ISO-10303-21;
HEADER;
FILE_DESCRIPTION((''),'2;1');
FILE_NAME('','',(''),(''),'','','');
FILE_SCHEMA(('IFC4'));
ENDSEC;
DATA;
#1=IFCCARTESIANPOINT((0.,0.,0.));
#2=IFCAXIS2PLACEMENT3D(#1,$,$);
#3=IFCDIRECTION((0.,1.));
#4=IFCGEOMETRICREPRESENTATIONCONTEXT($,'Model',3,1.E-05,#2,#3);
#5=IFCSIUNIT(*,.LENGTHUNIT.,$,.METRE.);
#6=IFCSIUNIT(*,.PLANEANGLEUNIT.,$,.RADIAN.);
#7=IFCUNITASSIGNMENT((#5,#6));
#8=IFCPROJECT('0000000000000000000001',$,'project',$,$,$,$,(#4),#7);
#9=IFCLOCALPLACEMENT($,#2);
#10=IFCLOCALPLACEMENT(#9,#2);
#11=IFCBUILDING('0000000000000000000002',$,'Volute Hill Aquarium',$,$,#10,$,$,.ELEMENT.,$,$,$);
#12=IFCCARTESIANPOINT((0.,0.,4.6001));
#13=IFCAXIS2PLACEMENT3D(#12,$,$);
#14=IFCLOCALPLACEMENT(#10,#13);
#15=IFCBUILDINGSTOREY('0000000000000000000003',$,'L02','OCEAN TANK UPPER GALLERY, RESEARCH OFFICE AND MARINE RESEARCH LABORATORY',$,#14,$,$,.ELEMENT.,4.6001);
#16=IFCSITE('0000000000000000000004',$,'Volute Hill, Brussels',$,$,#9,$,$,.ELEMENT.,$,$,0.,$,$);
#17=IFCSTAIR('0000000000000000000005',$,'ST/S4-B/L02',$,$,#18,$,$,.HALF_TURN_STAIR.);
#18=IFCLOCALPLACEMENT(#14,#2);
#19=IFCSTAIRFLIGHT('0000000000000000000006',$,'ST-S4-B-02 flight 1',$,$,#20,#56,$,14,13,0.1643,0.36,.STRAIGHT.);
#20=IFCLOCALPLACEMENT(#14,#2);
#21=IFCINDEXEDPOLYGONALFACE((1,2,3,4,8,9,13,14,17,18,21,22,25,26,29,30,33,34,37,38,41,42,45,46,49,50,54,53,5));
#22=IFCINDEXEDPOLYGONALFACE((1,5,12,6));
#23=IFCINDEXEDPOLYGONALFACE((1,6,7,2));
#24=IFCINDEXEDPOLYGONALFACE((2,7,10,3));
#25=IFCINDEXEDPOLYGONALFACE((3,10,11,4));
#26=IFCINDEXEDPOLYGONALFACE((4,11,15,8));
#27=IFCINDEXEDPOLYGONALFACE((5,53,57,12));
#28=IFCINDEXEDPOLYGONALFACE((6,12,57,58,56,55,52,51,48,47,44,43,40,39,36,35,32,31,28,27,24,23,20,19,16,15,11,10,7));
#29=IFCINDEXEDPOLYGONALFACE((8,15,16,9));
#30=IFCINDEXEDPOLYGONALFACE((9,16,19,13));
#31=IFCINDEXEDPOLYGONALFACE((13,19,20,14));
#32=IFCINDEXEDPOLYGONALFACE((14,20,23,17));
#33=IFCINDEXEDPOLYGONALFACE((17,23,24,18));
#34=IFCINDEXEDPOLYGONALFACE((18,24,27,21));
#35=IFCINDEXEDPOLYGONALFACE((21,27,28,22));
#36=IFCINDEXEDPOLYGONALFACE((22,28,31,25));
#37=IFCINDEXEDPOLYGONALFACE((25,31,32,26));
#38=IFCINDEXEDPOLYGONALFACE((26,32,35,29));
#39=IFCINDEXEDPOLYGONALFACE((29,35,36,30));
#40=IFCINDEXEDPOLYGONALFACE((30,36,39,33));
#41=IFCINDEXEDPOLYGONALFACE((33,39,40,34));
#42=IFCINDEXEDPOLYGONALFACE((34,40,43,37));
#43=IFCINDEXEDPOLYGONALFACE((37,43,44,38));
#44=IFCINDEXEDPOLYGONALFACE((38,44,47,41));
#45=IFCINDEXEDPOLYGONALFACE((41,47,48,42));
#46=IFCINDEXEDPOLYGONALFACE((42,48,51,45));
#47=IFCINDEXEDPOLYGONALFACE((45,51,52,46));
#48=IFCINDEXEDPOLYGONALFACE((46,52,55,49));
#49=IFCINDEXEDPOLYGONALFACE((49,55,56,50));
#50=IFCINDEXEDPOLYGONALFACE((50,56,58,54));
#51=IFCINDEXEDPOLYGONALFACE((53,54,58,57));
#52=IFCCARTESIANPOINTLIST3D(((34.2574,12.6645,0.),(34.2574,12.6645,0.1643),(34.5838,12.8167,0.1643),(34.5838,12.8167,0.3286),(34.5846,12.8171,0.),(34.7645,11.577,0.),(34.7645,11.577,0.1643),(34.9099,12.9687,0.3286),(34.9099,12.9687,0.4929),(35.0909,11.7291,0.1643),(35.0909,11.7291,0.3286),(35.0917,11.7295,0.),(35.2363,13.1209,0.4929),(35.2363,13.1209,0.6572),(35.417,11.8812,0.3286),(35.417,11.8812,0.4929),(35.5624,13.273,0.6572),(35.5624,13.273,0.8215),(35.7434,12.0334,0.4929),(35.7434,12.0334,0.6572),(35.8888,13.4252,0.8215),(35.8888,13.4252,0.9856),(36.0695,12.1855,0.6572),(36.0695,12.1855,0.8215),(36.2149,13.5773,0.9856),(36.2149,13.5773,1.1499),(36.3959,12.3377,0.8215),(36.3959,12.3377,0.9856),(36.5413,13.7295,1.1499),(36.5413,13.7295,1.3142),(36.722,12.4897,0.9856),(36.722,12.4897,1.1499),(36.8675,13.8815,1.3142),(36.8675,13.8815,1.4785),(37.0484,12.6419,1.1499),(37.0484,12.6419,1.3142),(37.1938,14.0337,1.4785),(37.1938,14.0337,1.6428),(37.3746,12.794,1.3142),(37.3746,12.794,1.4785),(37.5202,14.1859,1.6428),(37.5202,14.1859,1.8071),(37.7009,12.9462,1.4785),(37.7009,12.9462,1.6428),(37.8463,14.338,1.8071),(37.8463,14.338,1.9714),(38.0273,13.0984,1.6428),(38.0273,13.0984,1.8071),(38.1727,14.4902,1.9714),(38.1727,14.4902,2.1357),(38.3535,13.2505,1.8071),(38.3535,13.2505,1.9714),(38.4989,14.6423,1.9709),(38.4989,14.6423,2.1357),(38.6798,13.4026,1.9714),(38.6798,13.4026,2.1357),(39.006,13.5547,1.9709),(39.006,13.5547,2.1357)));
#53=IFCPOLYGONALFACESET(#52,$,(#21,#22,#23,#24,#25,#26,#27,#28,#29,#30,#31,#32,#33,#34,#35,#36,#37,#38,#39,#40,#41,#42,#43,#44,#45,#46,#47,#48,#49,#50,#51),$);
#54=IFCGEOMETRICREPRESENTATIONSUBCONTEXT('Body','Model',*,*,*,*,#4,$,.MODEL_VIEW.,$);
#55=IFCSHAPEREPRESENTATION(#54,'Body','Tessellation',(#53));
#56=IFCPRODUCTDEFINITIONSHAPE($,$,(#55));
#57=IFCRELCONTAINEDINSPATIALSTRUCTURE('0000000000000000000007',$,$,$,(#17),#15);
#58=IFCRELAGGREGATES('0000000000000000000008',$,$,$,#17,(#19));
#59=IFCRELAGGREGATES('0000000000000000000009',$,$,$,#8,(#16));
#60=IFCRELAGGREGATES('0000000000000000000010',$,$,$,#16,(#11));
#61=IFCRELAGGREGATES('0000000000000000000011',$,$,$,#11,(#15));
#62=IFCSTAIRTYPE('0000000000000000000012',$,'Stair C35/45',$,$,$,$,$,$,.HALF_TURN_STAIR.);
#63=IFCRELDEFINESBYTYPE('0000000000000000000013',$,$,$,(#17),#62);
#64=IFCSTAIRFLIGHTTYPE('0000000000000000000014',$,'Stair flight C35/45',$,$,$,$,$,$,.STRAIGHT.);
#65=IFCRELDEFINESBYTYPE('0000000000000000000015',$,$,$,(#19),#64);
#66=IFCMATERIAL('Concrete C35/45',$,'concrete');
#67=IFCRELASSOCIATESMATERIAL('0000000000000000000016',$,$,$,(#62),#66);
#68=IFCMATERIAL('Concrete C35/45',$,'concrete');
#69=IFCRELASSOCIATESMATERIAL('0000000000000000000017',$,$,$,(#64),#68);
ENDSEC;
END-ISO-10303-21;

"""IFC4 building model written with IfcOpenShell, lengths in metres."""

from ifc_helpers import new_model, si_unit, direction, frame, origin, place, context, subcontext, project, spatial, polyline, outline, extrude, material, type_object, element, aggregate, save


model = new_model("IFC4")

# Units and contexts
model_context = context("Model", 3, precision=1e-05, world=origin(), true_north=direction((0.0, 1.0)))
body_context = subcontext(model_context, "Body", "Model", "MODEL_VIEW")
ifc_project = project(units=[si_unit("LENGTHUNIT", "METRE"), si_unit("PLANEANGLEUNIT", "RADIAN")], contexts=[model_context])

# Site, building, storey
site_placement = place(None, origin())
site = spatial("IfcSite", under=ifc_project, at=site_placement, Name="Volute Hill, Brussels", CompositionType="ELEMENT", RefElevation=0.0)
building_placement = place(site_placement, origin())
building = spatial("IfcBuilding", under=site, at=building_placement, Name="Volute Hill Aquarium", CompositionType="ELEMENT")
storey_placement = place(building_placement, frame((0.0, 0.0, 4.6001)))
storey = spatial("IfcBuildingStorey", under=building, at=storey_placement, Name="L02", Description="OCEAN TANK UPPER GALLERY, RESEARCH OFFICE AND MARINE RESEARCH LABORATORY", CompositionType="ELEMENT", Elevation=4.6001)

# Stair, stair flight
ifc_material_1 = material(Name="Concrete C35/45", Category="concrete")
stair_type = type_object("IfcStairType", Name="Stair C35/45", PredefinedType="HALF_TURN_STAIR", material=ifc_material_1)
stair_placement = place(storey_placement, origin())
stair = element("IfcStair", 1, at=stair_placement, inside=storey, type_object=stair_type, Name="ST/S4-B/L02", PredefinedType="HALF_TURN_STAIR")
ifc_material_2 = material(Name="Concrete C35/45", Category="concrete")
stair_flight_type = type_object("IfcStairFlightType", Name="Stair flight C35/45", PredefinedType="STRAIGHT", material=ifc_material_2)
stair_flight_placement = place(storey_placement, frame((34.511, 12.1206, 0.0), z_axis=(0.0, 0.0, 1.0), x_axis=(0.906313, 0.422606, 0.0)))
stair_flight = element("IfcStairFlight", 2, at=stair_flight_placement, type_object=stair_flight_type, Name="ST-S4-B-02 flight 1", NumberOfRisers=14, NumberOfTreads=13, PredefinedType="STRAIGHT", RiserHeight=0.1643, TreadLength=0.36, context=body_context, shape_type="SweptSolid", body=[
    extrude(outline(polyline([(0.0, 0.0), (0.0, 0.1643), (0.3601, 0.1643), (0.3601, 0.3286), (0.72, 0.3286), (0.72, 0.4929), (1.0801, 0.4929), (1.0801, 0.6572), (1.4399, 0.6572), (1.4399, 0.8215), (1.8, 0.8215), (1.8, 0.9856), (2.1599, 0.9856), (2.1599, 1.1499), (2.52, 1.1499), (2.52, 1.3142), (2.8799, 1.3142), (2.8799, 1.4785), (3.24, 1.4785), (3.24, 1.6428), (3.6001, 1.6428), (3.6001, 1.8071), (3.96, 1.8071), (3.96, 1.9714), (4.3201, 1.9714), (4.3201, 2.1357), (4.6799, 2.1357), (4.6799, 2.3), (4.6799, 1.9709), (0.3611, 0.0), (0.0, 0.0)])), frame((0.0, 0.6001, 0.0), z_axis=(0.0, -1.0, 0.0), x_axis=(1.0, 0.0, 0.0)), (0.0, 0.0, 1.0), 1.2),
])
aggregate(stair, [stair_flight])

save(model, "model.ifc")
